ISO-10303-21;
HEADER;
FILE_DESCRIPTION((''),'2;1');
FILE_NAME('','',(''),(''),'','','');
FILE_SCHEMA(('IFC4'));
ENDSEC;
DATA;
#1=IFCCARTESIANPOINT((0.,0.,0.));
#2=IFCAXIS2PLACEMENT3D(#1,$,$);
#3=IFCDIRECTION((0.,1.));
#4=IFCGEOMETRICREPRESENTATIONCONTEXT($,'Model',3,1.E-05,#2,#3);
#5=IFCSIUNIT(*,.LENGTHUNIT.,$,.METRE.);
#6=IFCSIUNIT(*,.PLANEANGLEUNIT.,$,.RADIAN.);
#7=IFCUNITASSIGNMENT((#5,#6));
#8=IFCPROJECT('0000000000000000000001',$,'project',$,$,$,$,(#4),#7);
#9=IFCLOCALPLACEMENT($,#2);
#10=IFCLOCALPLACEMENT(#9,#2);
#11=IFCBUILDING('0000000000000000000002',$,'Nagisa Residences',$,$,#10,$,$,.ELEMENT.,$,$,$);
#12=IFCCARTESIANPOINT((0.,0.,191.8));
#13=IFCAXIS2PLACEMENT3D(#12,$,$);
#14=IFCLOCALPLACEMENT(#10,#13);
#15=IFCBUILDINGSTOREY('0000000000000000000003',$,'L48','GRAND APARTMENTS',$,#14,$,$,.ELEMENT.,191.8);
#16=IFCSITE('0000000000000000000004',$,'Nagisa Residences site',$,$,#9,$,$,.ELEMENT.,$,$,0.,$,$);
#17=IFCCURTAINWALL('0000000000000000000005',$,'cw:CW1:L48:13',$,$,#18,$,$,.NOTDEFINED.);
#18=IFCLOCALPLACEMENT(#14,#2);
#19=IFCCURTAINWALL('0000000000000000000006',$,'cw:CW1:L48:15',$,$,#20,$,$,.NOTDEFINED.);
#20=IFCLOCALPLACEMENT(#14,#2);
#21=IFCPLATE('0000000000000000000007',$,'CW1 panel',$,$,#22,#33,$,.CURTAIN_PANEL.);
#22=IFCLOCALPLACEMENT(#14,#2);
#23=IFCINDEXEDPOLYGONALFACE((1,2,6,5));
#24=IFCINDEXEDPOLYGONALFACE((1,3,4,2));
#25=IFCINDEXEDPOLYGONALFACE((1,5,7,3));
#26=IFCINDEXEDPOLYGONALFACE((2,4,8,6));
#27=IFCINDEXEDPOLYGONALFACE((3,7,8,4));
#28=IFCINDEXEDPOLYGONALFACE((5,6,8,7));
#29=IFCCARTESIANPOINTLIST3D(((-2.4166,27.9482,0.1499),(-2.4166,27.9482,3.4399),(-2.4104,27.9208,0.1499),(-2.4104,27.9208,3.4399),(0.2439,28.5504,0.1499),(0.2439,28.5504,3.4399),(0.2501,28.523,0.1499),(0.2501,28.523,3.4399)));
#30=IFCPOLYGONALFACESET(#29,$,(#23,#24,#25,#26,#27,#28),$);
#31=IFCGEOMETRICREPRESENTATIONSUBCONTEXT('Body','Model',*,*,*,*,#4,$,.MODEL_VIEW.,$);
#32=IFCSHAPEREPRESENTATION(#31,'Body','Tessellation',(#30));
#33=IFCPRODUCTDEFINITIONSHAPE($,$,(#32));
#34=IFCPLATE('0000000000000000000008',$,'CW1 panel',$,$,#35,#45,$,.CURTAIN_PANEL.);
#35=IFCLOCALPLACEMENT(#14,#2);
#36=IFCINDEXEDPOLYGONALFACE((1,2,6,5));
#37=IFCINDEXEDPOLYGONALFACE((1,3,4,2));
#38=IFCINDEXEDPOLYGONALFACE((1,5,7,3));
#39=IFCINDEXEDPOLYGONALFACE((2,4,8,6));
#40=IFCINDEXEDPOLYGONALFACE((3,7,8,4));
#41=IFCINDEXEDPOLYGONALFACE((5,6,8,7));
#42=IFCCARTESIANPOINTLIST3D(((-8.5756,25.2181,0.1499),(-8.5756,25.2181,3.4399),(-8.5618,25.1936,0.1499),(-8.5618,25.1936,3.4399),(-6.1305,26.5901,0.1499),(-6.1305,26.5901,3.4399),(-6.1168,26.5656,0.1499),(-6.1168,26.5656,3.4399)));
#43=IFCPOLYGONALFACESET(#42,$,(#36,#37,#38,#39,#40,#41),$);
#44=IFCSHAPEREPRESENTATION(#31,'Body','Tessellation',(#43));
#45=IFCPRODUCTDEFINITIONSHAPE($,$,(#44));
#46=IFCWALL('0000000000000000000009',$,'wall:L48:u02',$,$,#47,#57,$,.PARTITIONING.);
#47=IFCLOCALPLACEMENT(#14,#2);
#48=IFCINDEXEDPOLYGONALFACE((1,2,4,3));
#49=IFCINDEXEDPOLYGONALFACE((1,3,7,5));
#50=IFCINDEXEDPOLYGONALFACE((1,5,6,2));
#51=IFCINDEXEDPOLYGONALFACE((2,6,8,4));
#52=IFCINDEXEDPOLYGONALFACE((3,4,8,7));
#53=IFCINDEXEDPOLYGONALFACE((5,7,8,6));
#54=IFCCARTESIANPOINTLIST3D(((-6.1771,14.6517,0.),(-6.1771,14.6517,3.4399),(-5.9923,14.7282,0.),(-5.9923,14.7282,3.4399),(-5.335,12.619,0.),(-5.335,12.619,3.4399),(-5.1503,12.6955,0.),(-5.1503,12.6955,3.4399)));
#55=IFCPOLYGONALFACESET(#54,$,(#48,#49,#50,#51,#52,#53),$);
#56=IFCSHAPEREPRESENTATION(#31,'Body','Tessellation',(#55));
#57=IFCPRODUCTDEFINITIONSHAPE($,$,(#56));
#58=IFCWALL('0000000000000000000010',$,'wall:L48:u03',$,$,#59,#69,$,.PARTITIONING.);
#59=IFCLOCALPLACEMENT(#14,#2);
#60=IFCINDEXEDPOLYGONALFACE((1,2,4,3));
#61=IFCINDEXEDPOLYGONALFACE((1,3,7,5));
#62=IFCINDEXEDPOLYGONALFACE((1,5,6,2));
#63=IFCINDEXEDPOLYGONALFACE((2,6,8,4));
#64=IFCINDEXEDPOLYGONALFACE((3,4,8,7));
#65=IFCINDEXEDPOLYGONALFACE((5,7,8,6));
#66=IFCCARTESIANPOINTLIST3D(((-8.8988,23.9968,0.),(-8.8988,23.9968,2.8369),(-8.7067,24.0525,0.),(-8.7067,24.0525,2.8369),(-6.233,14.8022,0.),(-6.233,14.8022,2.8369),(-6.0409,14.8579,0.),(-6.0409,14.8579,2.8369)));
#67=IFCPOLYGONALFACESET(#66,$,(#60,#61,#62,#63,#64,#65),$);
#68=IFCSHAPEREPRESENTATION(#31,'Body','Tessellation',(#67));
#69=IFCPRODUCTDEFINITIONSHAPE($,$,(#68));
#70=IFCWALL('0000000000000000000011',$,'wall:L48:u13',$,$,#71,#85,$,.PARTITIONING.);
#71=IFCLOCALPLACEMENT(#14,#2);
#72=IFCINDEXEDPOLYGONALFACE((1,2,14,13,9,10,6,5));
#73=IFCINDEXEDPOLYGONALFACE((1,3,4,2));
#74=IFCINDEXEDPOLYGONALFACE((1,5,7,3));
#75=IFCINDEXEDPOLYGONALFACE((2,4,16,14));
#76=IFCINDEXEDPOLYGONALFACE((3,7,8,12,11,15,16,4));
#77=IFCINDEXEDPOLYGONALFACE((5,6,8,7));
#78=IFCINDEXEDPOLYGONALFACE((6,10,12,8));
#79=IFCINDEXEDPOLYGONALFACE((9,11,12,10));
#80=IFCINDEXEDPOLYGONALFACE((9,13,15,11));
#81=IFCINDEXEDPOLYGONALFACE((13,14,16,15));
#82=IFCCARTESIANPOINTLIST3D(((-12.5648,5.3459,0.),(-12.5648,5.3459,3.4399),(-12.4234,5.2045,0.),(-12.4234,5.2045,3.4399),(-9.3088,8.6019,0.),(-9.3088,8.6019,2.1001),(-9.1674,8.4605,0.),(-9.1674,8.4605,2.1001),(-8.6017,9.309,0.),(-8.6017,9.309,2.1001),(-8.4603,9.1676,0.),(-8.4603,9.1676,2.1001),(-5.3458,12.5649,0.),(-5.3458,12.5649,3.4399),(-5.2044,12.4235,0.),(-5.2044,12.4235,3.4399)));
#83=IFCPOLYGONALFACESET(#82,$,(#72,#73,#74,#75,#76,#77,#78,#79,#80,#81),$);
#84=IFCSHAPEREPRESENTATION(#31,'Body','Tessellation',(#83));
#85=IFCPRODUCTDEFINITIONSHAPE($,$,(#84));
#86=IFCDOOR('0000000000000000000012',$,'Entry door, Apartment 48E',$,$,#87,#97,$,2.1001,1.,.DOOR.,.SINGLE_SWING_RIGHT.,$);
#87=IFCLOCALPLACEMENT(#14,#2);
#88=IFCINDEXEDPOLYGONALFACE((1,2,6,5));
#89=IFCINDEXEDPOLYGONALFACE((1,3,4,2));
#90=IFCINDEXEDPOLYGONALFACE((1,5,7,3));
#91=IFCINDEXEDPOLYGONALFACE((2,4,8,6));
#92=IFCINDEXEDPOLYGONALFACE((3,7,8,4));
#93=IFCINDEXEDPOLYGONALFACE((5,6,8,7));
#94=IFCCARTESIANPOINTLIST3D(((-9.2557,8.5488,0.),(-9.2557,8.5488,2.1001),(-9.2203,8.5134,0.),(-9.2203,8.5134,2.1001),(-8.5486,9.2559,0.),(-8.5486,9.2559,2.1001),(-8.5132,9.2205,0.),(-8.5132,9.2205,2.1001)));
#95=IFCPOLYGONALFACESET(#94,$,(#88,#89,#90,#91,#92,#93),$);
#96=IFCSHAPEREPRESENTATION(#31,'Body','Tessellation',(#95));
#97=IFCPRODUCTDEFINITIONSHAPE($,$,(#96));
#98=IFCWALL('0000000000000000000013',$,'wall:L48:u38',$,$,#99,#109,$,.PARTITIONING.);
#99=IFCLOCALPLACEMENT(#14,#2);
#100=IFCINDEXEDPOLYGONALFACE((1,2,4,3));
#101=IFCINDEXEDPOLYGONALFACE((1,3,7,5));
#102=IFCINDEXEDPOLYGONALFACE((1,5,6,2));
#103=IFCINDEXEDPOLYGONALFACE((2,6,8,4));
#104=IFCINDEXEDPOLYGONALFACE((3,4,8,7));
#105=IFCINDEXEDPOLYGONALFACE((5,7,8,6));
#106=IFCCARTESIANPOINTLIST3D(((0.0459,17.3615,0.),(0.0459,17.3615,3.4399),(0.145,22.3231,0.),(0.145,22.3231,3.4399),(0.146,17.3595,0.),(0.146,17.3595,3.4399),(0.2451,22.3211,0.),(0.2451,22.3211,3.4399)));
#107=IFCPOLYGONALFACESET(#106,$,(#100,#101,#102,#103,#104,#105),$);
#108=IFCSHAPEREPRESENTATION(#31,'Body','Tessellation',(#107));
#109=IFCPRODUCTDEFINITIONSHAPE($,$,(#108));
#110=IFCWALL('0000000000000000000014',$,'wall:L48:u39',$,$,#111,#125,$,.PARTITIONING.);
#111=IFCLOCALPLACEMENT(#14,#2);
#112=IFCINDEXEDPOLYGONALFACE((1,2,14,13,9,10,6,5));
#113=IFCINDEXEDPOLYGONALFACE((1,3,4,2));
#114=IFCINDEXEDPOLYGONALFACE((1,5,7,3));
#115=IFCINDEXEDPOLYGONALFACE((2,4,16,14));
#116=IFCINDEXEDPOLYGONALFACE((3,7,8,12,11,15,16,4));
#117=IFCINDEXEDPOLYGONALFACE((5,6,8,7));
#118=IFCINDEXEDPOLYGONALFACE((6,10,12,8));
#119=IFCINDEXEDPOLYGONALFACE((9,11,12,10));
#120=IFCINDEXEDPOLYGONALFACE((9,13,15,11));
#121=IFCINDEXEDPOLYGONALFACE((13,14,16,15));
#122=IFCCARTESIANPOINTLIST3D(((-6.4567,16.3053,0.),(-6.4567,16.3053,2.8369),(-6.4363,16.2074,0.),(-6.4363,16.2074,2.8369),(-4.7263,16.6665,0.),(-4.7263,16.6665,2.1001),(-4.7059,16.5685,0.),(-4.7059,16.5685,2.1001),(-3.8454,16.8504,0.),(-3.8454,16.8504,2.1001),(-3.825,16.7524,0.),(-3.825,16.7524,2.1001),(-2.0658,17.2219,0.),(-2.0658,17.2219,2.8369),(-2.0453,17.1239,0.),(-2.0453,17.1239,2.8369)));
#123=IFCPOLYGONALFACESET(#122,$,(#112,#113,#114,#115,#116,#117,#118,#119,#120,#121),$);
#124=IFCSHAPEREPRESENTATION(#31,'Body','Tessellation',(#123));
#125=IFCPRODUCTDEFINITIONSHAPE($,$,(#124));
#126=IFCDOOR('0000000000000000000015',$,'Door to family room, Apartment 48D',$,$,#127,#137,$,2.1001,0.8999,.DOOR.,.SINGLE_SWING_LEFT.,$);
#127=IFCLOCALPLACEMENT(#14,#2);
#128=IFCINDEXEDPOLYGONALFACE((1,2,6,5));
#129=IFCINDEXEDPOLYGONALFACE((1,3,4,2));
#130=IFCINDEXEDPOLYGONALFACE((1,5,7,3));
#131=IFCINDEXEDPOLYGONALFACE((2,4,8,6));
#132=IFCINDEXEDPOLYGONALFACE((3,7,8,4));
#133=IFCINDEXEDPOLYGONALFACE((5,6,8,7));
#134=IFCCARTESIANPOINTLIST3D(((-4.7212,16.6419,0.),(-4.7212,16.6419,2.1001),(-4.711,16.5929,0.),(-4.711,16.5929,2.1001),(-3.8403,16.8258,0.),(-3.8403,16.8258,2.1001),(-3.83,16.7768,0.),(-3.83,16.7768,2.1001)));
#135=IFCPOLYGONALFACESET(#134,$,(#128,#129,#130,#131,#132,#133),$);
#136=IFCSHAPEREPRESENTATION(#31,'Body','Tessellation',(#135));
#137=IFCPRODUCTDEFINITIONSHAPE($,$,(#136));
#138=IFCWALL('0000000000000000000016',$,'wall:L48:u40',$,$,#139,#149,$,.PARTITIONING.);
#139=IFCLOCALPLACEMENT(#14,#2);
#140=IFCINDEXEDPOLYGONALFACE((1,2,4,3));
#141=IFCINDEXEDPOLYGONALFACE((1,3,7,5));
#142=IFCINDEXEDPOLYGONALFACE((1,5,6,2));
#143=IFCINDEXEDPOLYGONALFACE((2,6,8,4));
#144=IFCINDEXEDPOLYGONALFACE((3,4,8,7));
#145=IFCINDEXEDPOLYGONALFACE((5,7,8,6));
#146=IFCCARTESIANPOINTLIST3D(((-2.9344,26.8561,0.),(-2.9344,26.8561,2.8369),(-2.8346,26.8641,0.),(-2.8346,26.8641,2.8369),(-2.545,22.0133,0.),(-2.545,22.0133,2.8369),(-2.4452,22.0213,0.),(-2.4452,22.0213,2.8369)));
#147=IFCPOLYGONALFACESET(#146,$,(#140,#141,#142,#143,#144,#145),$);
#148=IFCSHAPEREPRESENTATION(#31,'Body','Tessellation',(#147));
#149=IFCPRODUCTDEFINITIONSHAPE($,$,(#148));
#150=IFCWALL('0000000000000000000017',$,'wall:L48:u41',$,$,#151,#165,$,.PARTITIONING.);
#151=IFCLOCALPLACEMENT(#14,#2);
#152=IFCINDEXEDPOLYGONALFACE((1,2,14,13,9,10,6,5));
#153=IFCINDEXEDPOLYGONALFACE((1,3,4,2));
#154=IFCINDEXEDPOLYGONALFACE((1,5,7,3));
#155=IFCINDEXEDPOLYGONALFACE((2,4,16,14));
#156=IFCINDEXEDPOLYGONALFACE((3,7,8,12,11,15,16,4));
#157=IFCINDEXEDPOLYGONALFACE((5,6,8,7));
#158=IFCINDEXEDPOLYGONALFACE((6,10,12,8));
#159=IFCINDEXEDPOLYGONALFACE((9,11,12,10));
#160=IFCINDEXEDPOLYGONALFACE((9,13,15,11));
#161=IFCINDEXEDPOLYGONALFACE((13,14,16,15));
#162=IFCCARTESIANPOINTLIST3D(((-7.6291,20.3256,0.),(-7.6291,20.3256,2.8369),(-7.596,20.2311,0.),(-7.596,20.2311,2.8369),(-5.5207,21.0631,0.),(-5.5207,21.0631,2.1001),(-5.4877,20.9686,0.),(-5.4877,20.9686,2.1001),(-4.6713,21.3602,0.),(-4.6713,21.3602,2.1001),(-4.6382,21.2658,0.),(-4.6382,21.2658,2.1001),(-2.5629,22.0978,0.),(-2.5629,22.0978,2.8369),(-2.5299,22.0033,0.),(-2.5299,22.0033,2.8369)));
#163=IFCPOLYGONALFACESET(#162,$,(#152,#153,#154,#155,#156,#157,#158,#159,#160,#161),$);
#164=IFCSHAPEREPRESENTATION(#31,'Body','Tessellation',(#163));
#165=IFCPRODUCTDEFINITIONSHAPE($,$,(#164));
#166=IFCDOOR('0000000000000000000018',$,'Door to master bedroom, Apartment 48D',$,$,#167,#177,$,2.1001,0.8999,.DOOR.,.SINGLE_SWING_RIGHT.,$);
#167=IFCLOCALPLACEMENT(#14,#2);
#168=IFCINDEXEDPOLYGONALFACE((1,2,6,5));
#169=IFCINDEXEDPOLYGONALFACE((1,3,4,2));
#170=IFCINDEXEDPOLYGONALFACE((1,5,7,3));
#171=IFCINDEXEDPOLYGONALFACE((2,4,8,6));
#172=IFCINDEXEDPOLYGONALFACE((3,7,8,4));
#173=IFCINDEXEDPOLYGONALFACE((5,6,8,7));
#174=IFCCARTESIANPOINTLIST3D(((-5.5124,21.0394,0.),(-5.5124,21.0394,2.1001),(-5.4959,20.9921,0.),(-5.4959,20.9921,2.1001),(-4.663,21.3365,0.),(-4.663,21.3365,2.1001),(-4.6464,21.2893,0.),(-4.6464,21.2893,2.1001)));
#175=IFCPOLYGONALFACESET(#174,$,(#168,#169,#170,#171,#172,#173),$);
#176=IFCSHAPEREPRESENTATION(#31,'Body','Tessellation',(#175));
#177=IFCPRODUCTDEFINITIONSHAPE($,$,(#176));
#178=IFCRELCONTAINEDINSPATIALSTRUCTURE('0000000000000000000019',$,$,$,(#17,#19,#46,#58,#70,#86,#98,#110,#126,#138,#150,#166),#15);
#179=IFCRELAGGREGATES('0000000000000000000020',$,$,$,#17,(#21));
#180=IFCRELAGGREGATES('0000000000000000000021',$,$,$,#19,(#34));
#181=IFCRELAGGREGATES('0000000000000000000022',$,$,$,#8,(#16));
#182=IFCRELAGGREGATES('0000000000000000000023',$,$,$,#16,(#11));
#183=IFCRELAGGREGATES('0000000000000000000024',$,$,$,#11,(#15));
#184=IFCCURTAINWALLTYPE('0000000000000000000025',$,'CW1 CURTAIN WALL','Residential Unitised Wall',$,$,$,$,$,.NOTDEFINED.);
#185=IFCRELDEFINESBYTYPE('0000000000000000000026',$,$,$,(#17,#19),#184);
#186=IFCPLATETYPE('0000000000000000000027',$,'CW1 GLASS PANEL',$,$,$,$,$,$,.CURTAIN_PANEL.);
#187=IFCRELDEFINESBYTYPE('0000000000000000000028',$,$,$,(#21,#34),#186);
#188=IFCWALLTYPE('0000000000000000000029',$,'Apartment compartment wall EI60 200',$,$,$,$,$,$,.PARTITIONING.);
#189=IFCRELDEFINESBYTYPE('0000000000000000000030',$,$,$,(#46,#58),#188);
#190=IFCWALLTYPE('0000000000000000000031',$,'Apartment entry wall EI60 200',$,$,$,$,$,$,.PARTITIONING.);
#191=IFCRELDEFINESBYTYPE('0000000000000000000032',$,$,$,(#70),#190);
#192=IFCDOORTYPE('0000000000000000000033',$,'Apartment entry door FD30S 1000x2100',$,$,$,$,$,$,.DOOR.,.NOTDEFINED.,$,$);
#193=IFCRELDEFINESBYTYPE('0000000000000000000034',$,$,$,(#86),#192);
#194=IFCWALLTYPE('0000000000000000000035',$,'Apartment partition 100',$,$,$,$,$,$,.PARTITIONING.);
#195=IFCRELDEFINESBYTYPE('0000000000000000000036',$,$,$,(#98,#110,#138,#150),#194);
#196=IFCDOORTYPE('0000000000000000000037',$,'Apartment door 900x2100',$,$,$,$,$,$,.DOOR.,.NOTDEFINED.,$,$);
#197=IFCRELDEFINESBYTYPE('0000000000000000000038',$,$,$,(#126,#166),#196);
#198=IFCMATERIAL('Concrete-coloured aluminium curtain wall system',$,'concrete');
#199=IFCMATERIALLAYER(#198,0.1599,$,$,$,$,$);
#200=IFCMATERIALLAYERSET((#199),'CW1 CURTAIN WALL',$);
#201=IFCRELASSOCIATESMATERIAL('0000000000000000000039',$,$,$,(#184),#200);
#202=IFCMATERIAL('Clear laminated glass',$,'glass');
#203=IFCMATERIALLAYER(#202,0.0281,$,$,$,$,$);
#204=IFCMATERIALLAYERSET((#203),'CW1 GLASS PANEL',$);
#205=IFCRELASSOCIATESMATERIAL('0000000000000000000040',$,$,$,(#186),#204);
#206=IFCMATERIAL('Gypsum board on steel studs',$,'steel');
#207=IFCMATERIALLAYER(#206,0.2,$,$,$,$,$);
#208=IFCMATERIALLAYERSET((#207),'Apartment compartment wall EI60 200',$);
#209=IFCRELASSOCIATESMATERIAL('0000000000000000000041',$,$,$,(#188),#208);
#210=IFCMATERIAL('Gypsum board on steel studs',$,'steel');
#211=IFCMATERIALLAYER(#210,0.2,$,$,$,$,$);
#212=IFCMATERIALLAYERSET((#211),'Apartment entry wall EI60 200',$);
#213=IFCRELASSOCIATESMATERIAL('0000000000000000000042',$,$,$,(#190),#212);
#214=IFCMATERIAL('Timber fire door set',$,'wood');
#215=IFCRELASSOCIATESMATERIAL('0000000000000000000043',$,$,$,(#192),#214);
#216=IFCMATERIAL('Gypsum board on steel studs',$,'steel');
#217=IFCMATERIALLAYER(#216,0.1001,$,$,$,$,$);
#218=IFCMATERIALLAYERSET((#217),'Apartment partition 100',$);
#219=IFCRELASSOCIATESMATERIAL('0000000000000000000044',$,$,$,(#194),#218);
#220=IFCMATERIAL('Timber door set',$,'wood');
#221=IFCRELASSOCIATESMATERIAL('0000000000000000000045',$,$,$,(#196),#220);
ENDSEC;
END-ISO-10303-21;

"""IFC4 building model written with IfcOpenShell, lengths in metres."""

from ifc_helpers import new_model, si_unit, direction, frame, frame_2d, origin, origin_2d, place, context, subcontext, project, spatial, rectangle, extrude, material, layer, layer_set, type_object, element, fill, aggregate, save


model = new_model("IFC4")

# Units and contexts
model_context = context("Model", 3, precision=1e-05, world=origin(), true_north=direction((0.0, 1.0)))
body_context = subcontext(model_context, "Body", "Model", "MODEL_VIEW")
ifc_project = project(units=[si_unit("LENGTHUNIT", "METRE"), si_unit("PLANEANGLEUNIT", "RADIAN")], contexts=[model_context])

# Site, building, storey
site_placement = place(None, origin())
site = spatial("IfcSite", under=ifc_project, at=site_placement, Name="Nagisa Residences site", CompositionType="ELEMENT", RefElevation=0.0)
building_placement = place(site_placement, origin())
building = spatial("IfcBuilding", under=site, at=building_placement, Name="Nagisa Residences", CompositionType="ELEMENT")
storey_placement = place(building_placement, frame((0.0, 0.0, 191.8)))
storey = spatial("IfcBuildingStorey", under=building, at=storey_placement, Name="L48", Description="GRAND APARTMENTS", CompositionType="ELEMENT", Elevation=191.8)

# Curtain walls
ifc_material_1 = material(Name="Concrete-coloured aluminium curtain wall system", Category="concrete")
ifc_layer_1 = layer(ifc_material_1, 0.1599)
ifc_layer_set_1 = layer_set([ifc_layer_1], Name="CW1 CURTAIN WALL")
curtain_wall_type = type_object("IfcCurtainWallType", Name="CW1 CURTAIN WALL", Description="Residential Unitised Wall", PredefinedType="NOTDEFINED", material=ifc_layer_set_1)
curtain_wall_1_placement = place(storey_placement, origin())
curtain_wall_1 = element("IfcCurtainWall", 1, at=curtain_wall_1_placement, inside=storey, type_object=curtain_wall_type, Name="cw:CW1:L48:13", PredefinedType="NOTDEFINED")
curtain_wall_2_placement = place(storey_placement, origin())
curtain_wall_2 = element("IfcCurtainWall", 2, at=curtain_wall_2_placement, inside=storey, type_object=curtain_wall_type, Name="cw:CW1:L48:15", PredefinedType="NOTDEFINED")

# Plates
ifc_material_2 = material(Name="Clear laminated glass", Category="glass")
ifc_layer_2 = layer(ifc_material_2, 0.0281)
ifc_layer_set_2 = layer_set([ifc_layer_2], Name="CW1 GLASS PANEL")
plate_type = type_object("IfcPlateType", Name="CW1 GLASS PANEL", PredefinedType="CURTAIN_PANEL", material=ifc_layer_set_2)
plate_1_placement = place(storey_placement, frame((-1.0833, 28.2356, 0.1499), z_axis=(0.0, 0.0, 1.0), x_axis=(-0.975327, -0.220764, 0.0)))
plate_1 = element("IfcPlate", 3, at=plate_1_placement, type_object=plate_type, Name="CW1 panel", PredefinedType="CURTAIN_PANEL", context=body_context, shape_type="SweptSolid", body=[
    extrude(rectangle(XDim=2.7278, YDim=0.0281, at=origin_2d()), origin(), (0.0, 0.0, 1.0), 3.29),
])
aggregate(curtain_wall_1, [plate_1])
plate_2_placement = place(storey_placement, frame((-7.3462, 25.8918, 0.1499), z_axis=(0.0, 0.0, 1.0), x_axis=(-0.872072, -0.489377, 0.0)))
plate_2 = element("IfcPlate", 4, at=plate_2_placement, type_object=plate_type, Name="CW1 panel", PredefinedType="CURTAIN_PANEL", context=body_context, shape_type="SweptSolid", body=[
    extrude(rectangle(XDim=2.8037, YDim=0.0281, at=origin_2d()), origin(), (0.0, 0.0, 1.0), 3.29),
])
aggregate(curtain_wall_2, [plate_2])

# Walls
ifc_material_3 = material(Name="Gypsum board on steel studs", Category="steel")
ifc_layer_3 = layer(ifc_material_3, 0.2)
ifc_layer_set_3 = layer_set([ifc_layer_3], Name="Apartment compartment wall EI60 200")
wall_type_1 = type_object("IfcWallType", Name="Apartment compartment wall EI60 200", PredefinedType="PARTITIONING", material=ifc_layer_set_3)
wall_1_placement = place(storey_placement, frame((-5.2427, 12.6572, 0.0), z_axis=(0.0, 0.0, 1.0), x_axis=(-0.382708, 0.923869, 0.0)))
element("IfcWall", 5, at=wall_1_placement, inside=storey, type_object=wall_type_1, Name="wall:L48:u02", PredefinedType="PARTITIONING", context=body_context, shape_type="SweptSolid", body=[
    extrude(rectangle(XDim=2.2002, YDim=0.2, at=frame_2d((1.1001, 0.0))), origin(), (0.0, 0.0, 1.0), 3.4399),
])
wall_2_placement = place(storey_placement, frame((-6.137, 14.8301, 0.0), z_axis=(0.0, 0.0, 1.0), x_axis=(-0.278461, 0.960447, 0.0)))
element("IfcWall", 6, at=wall_2_placement, inside=storey, type_object=wall_type_1, Name="wall:L48:u03", PredefinedType="PARTITIONING", context=body_context, shape_type="SweptSolid", body=[
    extrude(rectangle(XDim=9.5732, YDim=0.2, at=frame_2d((4.7866, 0.0))), origin(), (0.0, 0.0, 1.0), 2.8369),
])

# Wall, opening, door
ifc_material_4 = material(Name="Gypsum board on steel studs", Category="steel")
ifc_layer_4 = layer(ifc_material_4, 0.2)
ifc_layer_set_4 = layer_set([ifc_layer_4], Name="Apartment entry wall EI60 200")
wall_type_2 = type_object("IfcWallType", Name="Apartment entry wall EI60 200", PredefinedType="PARTITIONING", material=ifc_layer_set_4)
wall_3_placement = place(storey_placement, frame((-5.2751, 12.4941, 0.0), z_axis=(0.0, 0.0, 1.0), x_axis=(-0.707107, -0.707107, 0.0)))
wall_3 = element("IfcWall", 7, at=wall_3_placement, inside=storey, type_object=wall_type_2, Name="wall:L48:u13", PredefinedType="PARTITIONING", context=body_context, shape_type="SweptSolid", body=[
    extrude(rectangle(XDim=10.2092, YDim=0.2, at=frame_2d((5.1045, 0.0))), origin(), (0.0, 0.0, 1.0), 3.4399),
])
opening_1_placement = place(wall_3_placement, frame((4.6045, 0.0, 0.0)))
opening_1 = element("IfcOpeningElement", 8, at=opening_1_placement, cuts=wall_3, PredefinedType="OPENING", context=body_context, shape_type="SweptSolid", body=[
    extrude(rectangle(XDim=1.0, YDim=2.1001, at=frame_2d((0.5, 1.05))), frame((0.0, 0.1099, 0.0), z_axis=(0.0, -1.0, 0.0), x_axis=(1.0, 0.0, 0.0)), (0.0, 0.0, 1.0), 0.22),
])
ifc_material_5 = material(Name="Timber fire door set", Category="wood")
door_type_1 = type_object("IfcDoorType", Name="Apartment entry door FD30S 1000x2100", OperationType="NOTDEFINED", PredefinedType="DOOR", material=ifc_material_5)
door_1_placement = place(opening_1_placement, frame((1.0, 0.0, 0.0), x_axis=(-1.0, 0.0, 0.0)))
door_1 = element("IfcDoor", 9, at=door_1_placement, inside=storey, type_object=door_type_1, Name="Entry door, Apartment 48E", OperationType="SINGLE_SWING_RIGHT", OverallHeight=2.1001, OverallWidth=1.0, PredefinedType="DOOR", context=body_context, shape_type="SweptSolid", body=[
    extrude(rectangle(XDim=1.0, YDim=2.1001, at=frame_2d((0.5, 1.05))), frame((0.0, 0.0249, 0.0), z_axis=(0.0, -1.0, 0.0), x_axis=(1.0, 0.0, 0.0)), (0.0, 0.0, 1.0), 0.05),
])
fill(opening_1, door_1)

# Wall
ifc_material_6 = material(Name="Gypsum board on steel studs", Category="steel")
ifc_layer_5 = layer(ifc_material_6, 0.1001)
ifc_layer_set_5 = layer_set([ifc_layer_5], Name="Apartment partition 100")
wall_type_3 = type_object("IfcWallType", Name="Apartment partition 100", PredefinedType="PARTITIONING", material=ifc_layer_set_5)
wall_4_placement = place(storey_placement, frame((0.0959, 17.3604, 0.0), z_axis=(0.0, 0.0, 1.0), x_axis=(0.019973, 0.999801, 0.0)))
element("IfcWall", 10, at=wall_4_placement, inside=storey, type_object=wall_type_3, Name="wall:L48:u38", PredefinedType="PARTITIONING", context=body_context, shape_type="SweptSolid", body=[
    extrude(rectangle(XDim=4.9626, YDim=0.1001, at=frame_2d((2.4814, 0.0))), origin(), (0.0, 0.0, 1.0), 3.4399),
])

# Wall, opening, door
wall_5_placement = place(storey_placement, frame((-2.0557, 17.1729, 0.0), z_axis=(0.0, 0.0, 1.0), x_axis=(-0.978903, -0.204326, 0.0)))
wall_5 = element("IfcWall", 11, at=wall_5_placement, inside=storey, type_object=wall_type_3, Name="wall:L48:u39", PredefinedType="PARTITIONING", context=body_context, shape_type="SweptSolid", body=[
    extrude(rectangle(XDim=4.4856, YDim=0.1001, at=frame_2d((2.2427, 0.0))), origin(), (0.0, 0.0, 1.0), 2.8369),
])
opening_2_placement = place(wall_5_placement, frame((1.8179, 0.0, 0.0)))
opening_2 = element("IfcOpeningElement", 12, at=opening_2_placement, cuts=wall_5, PredefinedType="OPENING", context=body_context, shape_type="SweptSolid", body=[
    extrude(rectangle(XDim=0.8999, YDim=2.1001, at=frame_2d((0.45, 1.05))), frame((0.0, 0.0601, 0.0), z_axis=(0.0, -1.0, 0.0), x_axis=(1.0, 0.0, 0.0)), (0.0, 0.0, 1.0), 0.1201),
])
ifc_material_7 = material(Name="Timber door set", Category="wood")
door_type_2 = type_object("IfcDoorType", Name="Apartment door 900x2100", OperationType="NOTDEFINED", PredefinedType="DOOR", material=ifc_material_7)
door_2_placement = place(opening_2_placement, frame((0.8999, 0.0, 0.0), x_axis=(-1.0, 0.0, 0.0)))
door_2 = element("IfcDoor", 13, at=door_2_placement, inside=storey, type_object=door_type_2, Name="Door to family room, Apartment 48D", OperationType="SINGLE_SWING_LEFT", OverallHeight=2.1001, OverallWidth=0.8999, PredefinedType="DOOR", context=body_context, shape_type="SweptSolid", body=[
    extrude(rectangle(XDim=0.8999, YDim=2.1001, at=frame_2d((0.45, 1.05))), frame((0.0, 0.0249, 0.0), z_axis=(0.0, -1.0, 0.0), x_axis=(1.0, 0.0, 0.0)), (0.0, 0.0, 1.0), 0.05),
])
fill(opening_2, door_2)

# Wall
wall_6_placement = place(storey_placement, frame((-2.4951, 22.0173, 0.0), z_axis=(0.0, 0.0, 1.0), x_axis=(-0.080151, 0.996783, 0.0)))
element("IfcWall", 14, at=wall_6_placement, inside=storey, type_object=wall_type_3, Name="wall:L48:u40", PredefinedType="PARTITIONING", context=body_context, shape_type="SweptSolid", body=[
    extrude(rectangle(XDim=4.8584, YDim=0.1001, at=frame_2d((2.4292, 0.0))), origin(), (0.0, 0.0, 1.0), 2.8369),
])

# Wall, opening, door
wall_7_placement = place(storey_placement, frame((-2.5464, 22.0505, 0.0), z_axis=(0.0, 0.0, 1.0), x_axis=(-0.943913, -0.330194, 0.0)))
wall_7 = element("IfcWall", 15, at=wall_7_placement, inside=storey, type_object=wall_type_3, Name="wall:L48:u41", PredefinedType="PARTITIONING", context=body_context, shape_type="SweptSolid", body=[
    extrude(rectangle(XDim=5.3672, YDim=0.1001, at=frame_2d((2.6836, 0.0))), origin(), (0.0, 0.0, 1.0), 2.8369),
])
opening_3_placement = place(wall_7_placement, frame((2.2336, 0.0, 0.0)))
opening_3 = element("IfcOpeningElement", 16, at=opening_3_placement, cuts=wall_7, PredefinedType="OPENING", context=body_context, shape_type="SweptSolid", body=[
    extrude(rectangle(XDim=0.8999, YDim=2.1001, at=frame_2d((0.45, 1.05))), frame((0.0, 0.0601, 0.0), z_axis=(0.0, -1.0, 0.0), x_axis=(1.0, 0.0, 0.0)), (0.0, 0.0, 1.0), 0.1201),
])
door_3_placement = place(opening_3_placement, frame((0.8999, 0.0, 0.0), x_axis=(-1.0, 0.0, 0.0)))
door_3 = element("IfcDoor", 17, at=door_3_placement, inside=storey, type_object=door_type_2, Name="Door to master bedroom, Apartment 48D", OperationType="SINGLE_SWING_RIGHT", OverallHeight=2.1001, OverallWidth=0.8999, PredefinedType="DOOR", context=body_context, shape_type="SweptSolid", body=[
    extrude(rectangle(XDim=0.8999, YDim=2.1001, at=frame_2d((0.45, 1.05))), frame((0.0, 0.0249, 0.0), z_axis=(0.0, -1.0, 0.0), x_axis=(1.0, 0.0, 0.0)), (0.0, 0.0, 1.0), 0.05),
])
fill(opening_3, door_3)

save(model, "model.ifc")
